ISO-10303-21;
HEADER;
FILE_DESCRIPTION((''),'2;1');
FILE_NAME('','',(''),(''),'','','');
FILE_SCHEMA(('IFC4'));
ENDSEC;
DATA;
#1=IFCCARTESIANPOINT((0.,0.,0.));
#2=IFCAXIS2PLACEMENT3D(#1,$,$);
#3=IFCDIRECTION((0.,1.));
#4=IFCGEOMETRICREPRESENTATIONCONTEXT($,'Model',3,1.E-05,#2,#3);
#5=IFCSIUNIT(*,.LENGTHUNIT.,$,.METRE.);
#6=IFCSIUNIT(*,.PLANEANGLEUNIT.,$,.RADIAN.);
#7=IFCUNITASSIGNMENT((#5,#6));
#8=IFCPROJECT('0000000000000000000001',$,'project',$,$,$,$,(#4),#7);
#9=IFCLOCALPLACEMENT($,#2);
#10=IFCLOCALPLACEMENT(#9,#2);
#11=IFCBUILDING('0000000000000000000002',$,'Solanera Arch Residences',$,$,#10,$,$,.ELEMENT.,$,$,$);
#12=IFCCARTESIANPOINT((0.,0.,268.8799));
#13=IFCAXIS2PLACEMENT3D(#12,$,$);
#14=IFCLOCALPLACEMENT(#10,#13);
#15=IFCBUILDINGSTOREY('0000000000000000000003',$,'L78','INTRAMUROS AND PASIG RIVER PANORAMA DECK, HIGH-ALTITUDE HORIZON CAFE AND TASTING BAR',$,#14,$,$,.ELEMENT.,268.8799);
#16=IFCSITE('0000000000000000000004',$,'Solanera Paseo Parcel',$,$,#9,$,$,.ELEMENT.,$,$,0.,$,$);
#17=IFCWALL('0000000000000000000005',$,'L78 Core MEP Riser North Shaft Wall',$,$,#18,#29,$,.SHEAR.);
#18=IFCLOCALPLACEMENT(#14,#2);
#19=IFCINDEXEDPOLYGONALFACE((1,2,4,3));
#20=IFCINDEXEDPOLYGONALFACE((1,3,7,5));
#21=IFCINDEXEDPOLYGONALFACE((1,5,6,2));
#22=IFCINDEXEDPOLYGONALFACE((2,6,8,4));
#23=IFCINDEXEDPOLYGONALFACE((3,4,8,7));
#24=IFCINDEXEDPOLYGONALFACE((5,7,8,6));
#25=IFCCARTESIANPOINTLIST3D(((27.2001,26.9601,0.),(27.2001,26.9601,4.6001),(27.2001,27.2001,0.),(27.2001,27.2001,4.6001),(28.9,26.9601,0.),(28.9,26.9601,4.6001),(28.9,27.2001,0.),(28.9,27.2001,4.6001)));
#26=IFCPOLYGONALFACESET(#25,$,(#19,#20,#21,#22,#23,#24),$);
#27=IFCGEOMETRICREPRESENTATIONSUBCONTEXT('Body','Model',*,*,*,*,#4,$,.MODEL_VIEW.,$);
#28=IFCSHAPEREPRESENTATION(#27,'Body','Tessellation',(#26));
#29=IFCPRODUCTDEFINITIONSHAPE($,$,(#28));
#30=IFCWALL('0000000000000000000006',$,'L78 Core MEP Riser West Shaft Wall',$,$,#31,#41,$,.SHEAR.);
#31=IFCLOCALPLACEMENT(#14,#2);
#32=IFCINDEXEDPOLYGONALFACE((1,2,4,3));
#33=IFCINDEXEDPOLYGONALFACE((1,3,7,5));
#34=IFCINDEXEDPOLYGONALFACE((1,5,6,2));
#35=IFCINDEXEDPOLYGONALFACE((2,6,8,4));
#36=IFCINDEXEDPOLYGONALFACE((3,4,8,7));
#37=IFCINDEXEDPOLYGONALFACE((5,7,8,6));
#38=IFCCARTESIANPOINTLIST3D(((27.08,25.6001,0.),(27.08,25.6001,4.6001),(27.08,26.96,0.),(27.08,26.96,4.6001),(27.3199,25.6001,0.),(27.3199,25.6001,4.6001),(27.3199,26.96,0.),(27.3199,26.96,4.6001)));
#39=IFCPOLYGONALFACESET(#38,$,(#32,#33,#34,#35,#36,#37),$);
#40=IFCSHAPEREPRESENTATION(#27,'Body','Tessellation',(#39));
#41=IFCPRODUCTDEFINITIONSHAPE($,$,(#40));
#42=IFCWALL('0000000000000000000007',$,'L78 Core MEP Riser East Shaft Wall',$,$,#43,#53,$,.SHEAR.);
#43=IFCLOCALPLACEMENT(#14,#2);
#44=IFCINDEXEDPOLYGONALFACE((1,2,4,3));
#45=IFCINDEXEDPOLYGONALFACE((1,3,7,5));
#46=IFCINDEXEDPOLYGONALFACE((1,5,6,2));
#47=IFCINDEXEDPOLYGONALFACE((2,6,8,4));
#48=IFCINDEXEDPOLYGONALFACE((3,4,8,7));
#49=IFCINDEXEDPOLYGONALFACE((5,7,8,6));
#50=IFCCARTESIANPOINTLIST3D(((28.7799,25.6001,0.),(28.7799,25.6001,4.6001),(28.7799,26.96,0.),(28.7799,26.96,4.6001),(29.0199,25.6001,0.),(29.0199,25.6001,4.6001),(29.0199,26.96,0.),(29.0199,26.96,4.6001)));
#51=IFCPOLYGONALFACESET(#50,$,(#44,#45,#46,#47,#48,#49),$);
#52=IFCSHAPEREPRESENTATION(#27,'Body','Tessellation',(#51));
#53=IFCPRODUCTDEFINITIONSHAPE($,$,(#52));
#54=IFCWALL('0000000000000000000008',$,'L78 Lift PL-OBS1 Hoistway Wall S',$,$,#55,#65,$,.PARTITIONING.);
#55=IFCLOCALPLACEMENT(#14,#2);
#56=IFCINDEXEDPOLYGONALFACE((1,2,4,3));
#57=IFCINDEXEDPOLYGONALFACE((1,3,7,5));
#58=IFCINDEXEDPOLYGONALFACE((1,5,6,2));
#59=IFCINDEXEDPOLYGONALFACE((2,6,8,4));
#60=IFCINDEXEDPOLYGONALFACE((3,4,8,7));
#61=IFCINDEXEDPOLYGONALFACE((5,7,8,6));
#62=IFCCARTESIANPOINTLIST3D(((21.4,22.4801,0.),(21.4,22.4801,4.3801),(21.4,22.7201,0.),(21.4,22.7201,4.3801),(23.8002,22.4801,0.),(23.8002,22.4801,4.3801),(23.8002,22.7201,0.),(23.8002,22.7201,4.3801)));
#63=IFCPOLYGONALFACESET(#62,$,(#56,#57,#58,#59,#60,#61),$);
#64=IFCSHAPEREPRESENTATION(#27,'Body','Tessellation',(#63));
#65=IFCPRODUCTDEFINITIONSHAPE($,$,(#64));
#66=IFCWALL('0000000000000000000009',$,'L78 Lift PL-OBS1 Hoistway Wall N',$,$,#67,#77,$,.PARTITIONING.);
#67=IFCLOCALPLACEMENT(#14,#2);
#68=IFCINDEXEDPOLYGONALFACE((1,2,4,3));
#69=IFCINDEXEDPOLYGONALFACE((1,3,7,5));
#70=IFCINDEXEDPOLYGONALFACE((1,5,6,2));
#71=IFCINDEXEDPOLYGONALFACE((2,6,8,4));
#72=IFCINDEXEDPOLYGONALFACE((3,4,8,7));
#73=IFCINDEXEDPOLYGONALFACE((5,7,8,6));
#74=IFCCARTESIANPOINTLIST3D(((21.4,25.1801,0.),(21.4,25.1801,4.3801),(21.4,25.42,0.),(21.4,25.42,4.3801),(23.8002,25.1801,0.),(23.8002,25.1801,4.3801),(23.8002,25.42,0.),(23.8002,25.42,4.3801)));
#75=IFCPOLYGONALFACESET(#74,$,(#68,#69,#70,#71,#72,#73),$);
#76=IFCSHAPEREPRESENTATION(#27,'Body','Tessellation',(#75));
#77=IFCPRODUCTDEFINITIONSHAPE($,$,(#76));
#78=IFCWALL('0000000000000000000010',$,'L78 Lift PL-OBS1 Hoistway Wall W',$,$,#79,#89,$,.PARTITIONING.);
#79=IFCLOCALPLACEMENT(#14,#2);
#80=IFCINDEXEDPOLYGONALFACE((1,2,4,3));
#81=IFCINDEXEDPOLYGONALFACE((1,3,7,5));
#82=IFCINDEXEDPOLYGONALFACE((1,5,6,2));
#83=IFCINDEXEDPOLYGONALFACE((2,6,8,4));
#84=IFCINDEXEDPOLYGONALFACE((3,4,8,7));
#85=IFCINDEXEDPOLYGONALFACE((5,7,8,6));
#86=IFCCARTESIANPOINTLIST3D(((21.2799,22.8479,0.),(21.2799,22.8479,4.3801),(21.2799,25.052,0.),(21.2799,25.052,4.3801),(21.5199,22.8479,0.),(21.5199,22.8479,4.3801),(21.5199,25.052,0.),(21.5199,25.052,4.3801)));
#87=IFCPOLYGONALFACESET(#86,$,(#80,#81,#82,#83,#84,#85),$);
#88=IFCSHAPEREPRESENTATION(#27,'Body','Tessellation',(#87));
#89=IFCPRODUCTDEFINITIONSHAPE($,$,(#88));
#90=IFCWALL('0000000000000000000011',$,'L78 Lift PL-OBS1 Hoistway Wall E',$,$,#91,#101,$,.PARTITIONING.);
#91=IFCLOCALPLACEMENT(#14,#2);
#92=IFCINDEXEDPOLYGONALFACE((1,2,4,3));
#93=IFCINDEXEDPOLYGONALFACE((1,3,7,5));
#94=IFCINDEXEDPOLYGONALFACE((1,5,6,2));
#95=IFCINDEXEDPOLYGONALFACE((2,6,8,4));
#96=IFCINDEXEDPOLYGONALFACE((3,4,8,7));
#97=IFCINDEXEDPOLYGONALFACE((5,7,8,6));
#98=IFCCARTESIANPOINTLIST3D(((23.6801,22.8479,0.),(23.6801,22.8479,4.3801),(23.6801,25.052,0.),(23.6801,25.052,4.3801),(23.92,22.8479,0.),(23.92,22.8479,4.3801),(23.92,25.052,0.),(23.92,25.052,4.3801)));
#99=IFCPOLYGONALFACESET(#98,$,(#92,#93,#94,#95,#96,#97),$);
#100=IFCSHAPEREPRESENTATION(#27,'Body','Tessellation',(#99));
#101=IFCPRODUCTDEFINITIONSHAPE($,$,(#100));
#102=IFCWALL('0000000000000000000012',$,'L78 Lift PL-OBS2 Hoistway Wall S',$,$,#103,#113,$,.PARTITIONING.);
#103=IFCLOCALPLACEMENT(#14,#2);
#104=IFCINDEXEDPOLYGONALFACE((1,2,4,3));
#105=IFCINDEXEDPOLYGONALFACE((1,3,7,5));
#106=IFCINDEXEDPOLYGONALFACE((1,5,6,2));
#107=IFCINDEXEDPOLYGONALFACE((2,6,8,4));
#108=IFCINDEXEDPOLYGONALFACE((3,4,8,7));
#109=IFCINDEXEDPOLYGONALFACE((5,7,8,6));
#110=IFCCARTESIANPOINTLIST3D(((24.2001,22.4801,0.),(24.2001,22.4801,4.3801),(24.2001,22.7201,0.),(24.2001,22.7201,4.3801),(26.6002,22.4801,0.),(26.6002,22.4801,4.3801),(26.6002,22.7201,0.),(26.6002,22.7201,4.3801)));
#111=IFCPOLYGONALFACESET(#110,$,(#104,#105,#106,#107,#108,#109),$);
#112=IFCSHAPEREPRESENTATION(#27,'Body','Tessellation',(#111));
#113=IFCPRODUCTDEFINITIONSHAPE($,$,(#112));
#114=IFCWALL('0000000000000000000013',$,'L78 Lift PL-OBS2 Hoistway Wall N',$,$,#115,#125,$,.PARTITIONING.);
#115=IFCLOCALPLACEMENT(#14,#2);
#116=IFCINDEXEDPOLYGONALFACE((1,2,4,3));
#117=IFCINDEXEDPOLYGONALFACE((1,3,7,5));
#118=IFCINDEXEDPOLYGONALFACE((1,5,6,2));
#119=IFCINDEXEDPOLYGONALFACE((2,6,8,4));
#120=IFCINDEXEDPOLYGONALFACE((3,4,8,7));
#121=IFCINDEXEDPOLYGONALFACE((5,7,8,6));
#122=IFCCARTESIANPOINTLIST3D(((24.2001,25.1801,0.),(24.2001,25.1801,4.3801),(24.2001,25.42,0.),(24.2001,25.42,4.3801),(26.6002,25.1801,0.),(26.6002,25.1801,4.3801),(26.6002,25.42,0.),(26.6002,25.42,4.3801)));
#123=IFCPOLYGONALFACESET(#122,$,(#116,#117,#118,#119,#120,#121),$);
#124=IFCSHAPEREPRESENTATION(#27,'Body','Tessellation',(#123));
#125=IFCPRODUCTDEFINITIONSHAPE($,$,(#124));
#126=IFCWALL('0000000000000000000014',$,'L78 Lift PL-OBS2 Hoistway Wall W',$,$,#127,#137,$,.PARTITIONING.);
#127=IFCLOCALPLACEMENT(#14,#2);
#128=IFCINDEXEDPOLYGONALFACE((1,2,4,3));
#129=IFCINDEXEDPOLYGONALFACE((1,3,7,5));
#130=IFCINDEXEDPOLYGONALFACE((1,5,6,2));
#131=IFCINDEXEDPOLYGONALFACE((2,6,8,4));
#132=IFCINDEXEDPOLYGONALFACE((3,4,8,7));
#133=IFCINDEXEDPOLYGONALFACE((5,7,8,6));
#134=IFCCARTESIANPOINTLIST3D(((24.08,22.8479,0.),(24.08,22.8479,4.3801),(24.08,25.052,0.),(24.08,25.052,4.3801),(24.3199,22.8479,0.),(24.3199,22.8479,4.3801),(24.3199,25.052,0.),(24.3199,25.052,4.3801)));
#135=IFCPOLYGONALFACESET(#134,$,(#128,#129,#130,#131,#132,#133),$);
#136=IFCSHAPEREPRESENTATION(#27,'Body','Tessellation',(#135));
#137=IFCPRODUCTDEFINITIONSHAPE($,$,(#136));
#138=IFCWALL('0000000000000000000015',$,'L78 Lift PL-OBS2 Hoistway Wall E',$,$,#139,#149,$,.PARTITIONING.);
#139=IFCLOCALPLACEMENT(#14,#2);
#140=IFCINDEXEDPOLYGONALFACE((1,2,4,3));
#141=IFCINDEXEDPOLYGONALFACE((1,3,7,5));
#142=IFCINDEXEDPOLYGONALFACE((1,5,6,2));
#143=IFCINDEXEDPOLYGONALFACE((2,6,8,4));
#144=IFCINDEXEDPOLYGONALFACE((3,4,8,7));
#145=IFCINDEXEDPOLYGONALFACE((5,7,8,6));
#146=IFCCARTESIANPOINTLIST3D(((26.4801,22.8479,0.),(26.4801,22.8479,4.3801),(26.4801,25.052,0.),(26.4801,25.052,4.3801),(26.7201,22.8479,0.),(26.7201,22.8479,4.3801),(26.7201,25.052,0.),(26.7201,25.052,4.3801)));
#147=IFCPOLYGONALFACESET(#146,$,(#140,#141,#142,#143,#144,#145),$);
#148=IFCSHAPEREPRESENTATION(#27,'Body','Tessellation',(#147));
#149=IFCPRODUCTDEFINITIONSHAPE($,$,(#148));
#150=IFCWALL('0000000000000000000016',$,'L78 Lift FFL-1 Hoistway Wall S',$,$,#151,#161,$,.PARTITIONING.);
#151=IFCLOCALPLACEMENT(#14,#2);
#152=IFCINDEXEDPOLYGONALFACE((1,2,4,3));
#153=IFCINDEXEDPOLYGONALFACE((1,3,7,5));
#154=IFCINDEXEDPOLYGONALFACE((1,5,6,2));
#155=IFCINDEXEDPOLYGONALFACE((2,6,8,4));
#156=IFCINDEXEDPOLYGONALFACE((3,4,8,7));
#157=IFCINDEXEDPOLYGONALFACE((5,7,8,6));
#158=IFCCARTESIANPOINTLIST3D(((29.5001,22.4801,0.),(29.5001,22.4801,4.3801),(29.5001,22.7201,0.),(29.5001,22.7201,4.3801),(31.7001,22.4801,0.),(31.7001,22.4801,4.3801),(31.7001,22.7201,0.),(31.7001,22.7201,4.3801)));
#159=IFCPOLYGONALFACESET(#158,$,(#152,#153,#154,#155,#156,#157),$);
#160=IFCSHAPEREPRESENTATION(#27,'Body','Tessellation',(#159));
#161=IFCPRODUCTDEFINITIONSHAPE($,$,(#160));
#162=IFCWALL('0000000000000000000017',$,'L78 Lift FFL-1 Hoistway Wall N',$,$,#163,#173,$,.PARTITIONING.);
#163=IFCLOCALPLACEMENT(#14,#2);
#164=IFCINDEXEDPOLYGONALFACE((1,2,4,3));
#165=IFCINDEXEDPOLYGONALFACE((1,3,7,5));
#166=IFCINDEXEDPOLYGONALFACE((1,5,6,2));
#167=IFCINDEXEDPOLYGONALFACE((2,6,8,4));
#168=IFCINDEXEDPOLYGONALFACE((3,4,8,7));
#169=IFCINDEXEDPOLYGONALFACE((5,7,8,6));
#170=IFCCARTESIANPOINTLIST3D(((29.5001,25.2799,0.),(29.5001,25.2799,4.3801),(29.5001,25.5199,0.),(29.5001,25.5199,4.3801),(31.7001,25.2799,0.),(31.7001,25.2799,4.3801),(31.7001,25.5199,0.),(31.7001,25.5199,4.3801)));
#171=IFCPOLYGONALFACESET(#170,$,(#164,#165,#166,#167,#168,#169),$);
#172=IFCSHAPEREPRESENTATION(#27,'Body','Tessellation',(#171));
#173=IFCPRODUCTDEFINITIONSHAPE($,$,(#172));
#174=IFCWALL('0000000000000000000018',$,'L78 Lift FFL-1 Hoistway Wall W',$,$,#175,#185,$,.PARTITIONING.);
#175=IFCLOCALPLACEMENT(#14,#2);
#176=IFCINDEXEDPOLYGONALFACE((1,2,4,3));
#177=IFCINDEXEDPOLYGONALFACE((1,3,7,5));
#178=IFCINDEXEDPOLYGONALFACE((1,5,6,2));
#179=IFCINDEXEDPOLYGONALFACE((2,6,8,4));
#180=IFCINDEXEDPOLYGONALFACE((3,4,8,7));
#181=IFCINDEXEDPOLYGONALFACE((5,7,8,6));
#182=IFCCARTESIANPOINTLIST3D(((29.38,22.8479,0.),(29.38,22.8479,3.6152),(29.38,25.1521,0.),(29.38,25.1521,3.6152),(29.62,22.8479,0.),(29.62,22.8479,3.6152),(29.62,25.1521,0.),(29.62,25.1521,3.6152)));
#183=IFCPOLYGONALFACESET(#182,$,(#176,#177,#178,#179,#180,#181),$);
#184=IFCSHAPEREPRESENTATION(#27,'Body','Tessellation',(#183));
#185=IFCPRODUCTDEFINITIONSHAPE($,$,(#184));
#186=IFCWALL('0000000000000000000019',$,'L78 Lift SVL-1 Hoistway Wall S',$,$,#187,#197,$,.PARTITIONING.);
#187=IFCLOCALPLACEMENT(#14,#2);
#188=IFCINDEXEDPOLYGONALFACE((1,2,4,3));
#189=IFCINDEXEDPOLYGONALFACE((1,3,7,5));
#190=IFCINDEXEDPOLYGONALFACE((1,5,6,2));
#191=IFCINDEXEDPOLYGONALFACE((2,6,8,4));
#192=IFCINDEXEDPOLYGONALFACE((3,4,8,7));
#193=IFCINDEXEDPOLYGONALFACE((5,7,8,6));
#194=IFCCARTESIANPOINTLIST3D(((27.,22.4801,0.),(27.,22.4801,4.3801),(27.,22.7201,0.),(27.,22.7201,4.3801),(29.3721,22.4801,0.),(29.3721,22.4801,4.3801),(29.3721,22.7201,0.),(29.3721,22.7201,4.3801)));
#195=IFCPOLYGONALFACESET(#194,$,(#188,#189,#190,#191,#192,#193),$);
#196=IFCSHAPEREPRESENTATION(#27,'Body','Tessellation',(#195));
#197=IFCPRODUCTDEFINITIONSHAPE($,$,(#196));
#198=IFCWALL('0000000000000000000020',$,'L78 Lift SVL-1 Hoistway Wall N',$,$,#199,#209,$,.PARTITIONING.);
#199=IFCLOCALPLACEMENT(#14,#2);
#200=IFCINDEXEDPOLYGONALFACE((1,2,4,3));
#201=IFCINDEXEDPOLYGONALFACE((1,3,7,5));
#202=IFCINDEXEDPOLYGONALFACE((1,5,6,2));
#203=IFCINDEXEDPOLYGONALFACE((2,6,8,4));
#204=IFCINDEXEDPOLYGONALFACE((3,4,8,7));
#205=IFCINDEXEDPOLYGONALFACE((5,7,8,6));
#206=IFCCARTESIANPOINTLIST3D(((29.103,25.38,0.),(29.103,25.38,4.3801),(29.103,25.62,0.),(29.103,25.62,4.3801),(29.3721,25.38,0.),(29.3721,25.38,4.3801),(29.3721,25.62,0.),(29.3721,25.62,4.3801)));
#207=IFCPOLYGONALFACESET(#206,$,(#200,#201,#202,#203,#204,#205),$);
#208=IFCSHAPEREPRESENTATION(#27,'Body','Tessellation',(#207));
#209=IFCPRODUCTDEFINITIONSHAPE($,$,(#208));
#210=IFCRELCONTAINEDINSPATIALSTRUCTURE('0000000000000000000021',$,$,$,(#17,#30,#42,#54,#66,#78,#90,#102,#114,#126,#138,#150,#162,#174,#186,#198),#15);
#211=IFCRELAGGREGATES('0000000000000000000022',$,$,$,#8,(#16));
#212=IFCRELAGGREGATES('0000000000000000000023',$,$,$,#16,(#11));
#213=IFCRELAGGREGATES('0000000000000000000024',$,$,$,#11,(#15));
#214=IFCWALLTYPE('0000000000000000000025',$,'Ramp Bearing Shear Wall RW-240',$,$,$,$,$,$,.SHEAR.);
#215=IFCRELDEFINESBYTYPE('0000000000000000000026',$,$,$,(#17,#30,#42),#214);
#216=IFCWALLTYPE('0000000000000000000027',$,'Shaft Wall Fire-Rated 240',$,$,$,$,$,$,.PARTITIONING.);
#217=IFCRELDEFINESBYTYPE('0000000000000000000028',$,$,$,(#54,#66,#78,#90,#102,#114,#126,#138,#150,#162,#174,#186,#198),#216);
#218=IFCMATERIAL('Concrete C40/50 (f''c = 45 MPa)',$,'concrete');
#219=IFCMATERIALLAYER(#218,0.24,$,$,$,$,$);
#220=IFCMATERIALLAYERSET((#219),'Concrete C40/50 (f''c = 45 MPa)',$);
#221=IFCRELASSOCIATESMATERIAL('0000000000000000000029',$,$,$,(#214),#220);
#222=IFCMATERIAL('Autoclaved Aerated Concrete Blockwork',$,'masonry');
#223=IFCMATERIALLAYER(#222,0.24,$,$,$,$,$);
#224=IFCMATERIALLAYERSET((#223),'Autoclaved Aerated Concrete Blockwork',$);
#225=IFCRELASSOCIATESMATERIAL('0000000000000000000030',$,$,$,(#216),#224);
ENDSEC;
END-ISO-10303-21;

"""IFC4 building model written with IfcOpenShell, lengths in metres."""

from ifc_helpers import new_model, si_unit, direction, frame, frame_2d, origin, place, context, subcontext, project, spatial, rectangle, extrude, material, layer, layer_set, type_object, element, save


model = new_model("IFC4")

# Units and contexts
model_context = context("Model", 3, precision=1e-05, world=origin(), true_north=direction((0.0, 1.0)))
body_context = subcontext(model_context, "Body", "Model", "MODEL_VIEW")
ifc_project = project(units=[si_unit("LENGTHUNIT", "METRE"), si_unit("PLANEANGLEUNIT", "RADIAN")], contexts=[model_context])

# Site, building, storey
site_placement = place(None, origin())
site = spatial("IfcSite", under=ifc_project, at=site_placement, Name="Solanera Paseo Parcel", CompositionType="ELEMENT", RefElevation=0.0)
building_placement = place(site_placement, origin())
building = spatial("IfcBuilding", under=site, at=building_placement, Name="Solanera Arch Residences", CompositionType="ELEMENT")
storey_placement = place(building_placement, frame((0.0, 0.0, 268.8799)))
storey = spatial("IfcBuildingStorey", under=building, at=storey_placement, Name="L78", Description="INTRAMUROS AND PASIG RIVER PANORAMA DECK, HIGH-ALTITUDE HORIZON CAFE AND TASTING BAR", CompositionType="ELEMENT", Elevation=268.8799)

# Walls
ifc_material_1 = material(Name="Concrete C40/50 (f'c = 45 MPa)", Category="concrete")
ifc_layer_1 = layer(ifc_material_1, 0.24)
ifc_layer_set_1 = layer_set([ifc_layer_1], Name="Concrete C40/50 (f'c = 45 MPa)")
wall_type_1 = type_object("IfcWallType", Name="Ramp Bearing Shear Wall RW-240", PredefinedType="SHEAR", material=ifc_layer_set_1)
for number, where, z_axis, x_axis, name in (
    (1, (27.2, 27.0801, 0.0), (0.0, 0.0, 1.0), (1.0, 0.0, 0.0), "L78 Core MEP Riser North Shaft Wall"),
):
    element("IfcWall", number, at=place(storey_placement, frame(where, z_axis=z_axis, x_axis=x_axis)), inside=storey, type_object=wall_type_1, Name=name, PredefinedType="SHEAR", context=body_context, shape_type="SweptSolid", body=[
        extrude(rectangle(XDim=1.7, YDim=0.24, at=frame_2d((0.8501, 0.0))), origin(), (0.0, 0.0, 1.0), 4.6001),
    ])
for number, where, z_axis, x_axis, name in (
    (2, (27.2, 25.6001, 0.0), (0.0, 0.0, 1.0), (0.0, 1.0, 0.0), "L78 Core MEP Riser West Shaft Wall"),
    (3, (28.8999, 25.6001, 0.0), (0.0, 0.0, 1.0), (0.0, 1.0, 0.0), "L78 Core MEP Riser East Shaft Wall"),
):
    element("IfcWall", number, at=place(storey_placement, frame(where, z_axis=z_axis, x_axis=x_axis)), inside=storey, type_object=wall_type_1, Name=name, PredefinedType="SHEAR", context=body_context, shape_type="SweptSolid", body=[
        extrude(rectangle(XDim=1.3599, YDim=0.24, at=frame_2d((0.6799, 0.0))), origin(), (0.0, 0.0, 1.0), 4.6001),
    ])
ifc_material_2 = material(Name="Autoclaved Aerated Concrete Blockwork", Category="masonry")
ifc_layer_2 = layer(ifc_material_2, 0.24)
ifc_layer_set_2 = layer_set([ifc_layer_2], Name="Autoclaved Aerated Concrete Blockwork")
wall_type_2 = type_object("IfcWallType", Name="Shaft Wall Fire-Rated 240", PredefinedType="PARTITIONING", material=ifc_layer_set_2)
for number, where, z_axis, x_axis, name in (
    (4, (21.3999, 22.6001, 0.0), (0.0, 0.0, 1.0), (1.0, 0.0, 0.0), "L78 Lift PL-OBS1 Hoistway Wall S"),
    (5, (21.3999, 25.3, 0.0), (0.0, 0.0, 1.0), (1.0, 0.0, 0.0), "L78 Lift PL-OBS1 Hoistway Wall N"),
):
    element("IfcWall", number, at=place(storey_placement, frame(where, z_axis=z_axis, x_axis=x_axis)), inside=storey, type_object=wall_type_2, Name=name, PredefinedType="PARTITIONING", context=body_context, shape_type="SweptSolid", body=[
        extrude(rectangle(XDim=2.4001, YDim=0.24, at=frame_2d((1.2002, 0.0))), origin(), (0.0, 0.0, 1.0), 4.3801),
    ])
for number, where, z_axis, x_axis, name in (
    (6, (21.3999, 22.8479, 0.0), (0.0, 0.0, 1.0), (0.0, 1.0, 0.0), "L78 Lift PL-OBS1 Hoistway Wall W"),
    (7, (23.8, 22.8479, 0.0), (0.0, 0.0, 1.0), (0.0, 1.0, 0.0), "L78 Lift PL-OBS1 Hoistway Wall E"),
):
    element("IfcWall", number, at=place(storey_placement, frame(where, z_axis=z_axis, x_axis=x_axis)), inside=storey, type_object=wall_type_2, Name=name, PredefinedType="PARTITIONING", context=body_context, shape_type="SweptSolid", body=[
        extrude(rectangle(XDim=2.2041, YDim=0.24, at=frame_2d((1.1021, 0.0))), origin(), (0.0, 0.0, 1.0), 4.3801),
    ])
for number, where, z_axis, x_axis, name in (
    (8, (24.2, 22.6001, 0.0), (0.0, 0.0, 1.0), (1.0, 0.0, 0.0), "L78 Lift PL-OBS2 Hoistway Wall S"),
    (9, (24.2, 25.3, 0.0), (0.0, 0.0, 1.0), (1.0, 0.0, 0.0), "L78 Lift PL-OBS2 Hoistway Wall N"),
):
    element("IfcWall", number, at=place(storey_placement, frame(where, z_axis=z_axis, x_axis=x_axis)), inside=storey, type_object=wall_type_2, Name=name, PredefinedType="PARTITIONING", context=body_context, shape_type="SweptSolid", body=[
        extrude(rectangle(XDim=2.4001, YDim=0.24, at=frame_2d((1.2002, 0.0))), origin(), (0.0, 0.0, 1.0), 4.3801),
    ])
for number, where, z_axis, x_axis, name in (
    (10, (24.2, 22.8479, 0.0), (0.0, 0.0, 1.0), (0.0, 1.0, 0.0), "L78 Lift PL-OBS2 Hoistway Wall W"),
    (11, (26.6001, 22.8479, 0.0), (0.0, 0.0, 1.0), (0.0, 1.0, 0.0), "L78 Lift PL-OBS2 Hoistway Wall E"),
):
    element("IfcWall", number, at=place(storey_placement, frame(where, z_axis=z_axis, x_axis=x_axis)), inside=storey, type_object=wall_type_2, Name=name, PredefinedType="PARTITIONING", context=body_context, shape_type="SweptSolid", body=[
        extrude(rectangle(XDim=2.2041, YDim=0.24, at=frame_2d((1.1021, 0.0))), origin(), (0.0, 0.0, 1.0), 4.3801),
    ])
for number, where, z_axis, x_axis, name in (
    (12, (29.5, 22.6001, 0.0), (0.0, 0.0, 1.0), (1.0, 0.0, 0.0), "L78 Lift FFL-1 Hoistway Wall S"),
    (13, (29.5, 25.3999, 0.0), (0.0, 0.0, 1.0), (1.0, 0.0, 0.0), "L78 Lift FFL-1 Hoistway Wall N"),
):
    element("IfcWall", number, at=place(storey_placement, frame(where, z_axis=z_axis, x_axis=x_axis)), inside=storey, type_object=wall_type_2, Name=name, PredefinedType="PARTITIONING", context=body_context, shape_type="SweptSolid", body=[
        extrude(rectangle(XDim=2.2, YDim=0.24, at=frame_2d((1.1001, 0.0))), origin(), (0.0, 0.0, 1.0), 4.3801),
    ])
wall_1_placement = place(storey_placement, frame((29.5, 22.8479, 0.0), z_axis=(0.0, 0.0, 1.0), x_axis=(0.0, 1.0, 0.0)))
element("IfcWall", 14, at=wall_1_placement, inside=storey, type_object=wall_type_2, Name="L78 Lift FFL-1 Hoistway Wall W", PredefinedType="PARTITIONING", context=body_context, shape_type="SweptSolid", body=[
    extrude(rectangle(XDim=2.3042, YDim=0.24, at=frame_2d((1.1521, 0.0))), origin(), (0.0, 0.0, 1.0), 3.6152),
])
wall_2_placement = place(storey_placement, frame((27.0, 22.6001, 0.0), z_axis=(0.0, 0.0, 1.0), x_axis=(1.0, 0.0, 0.0)))
element("IfcWall", 15, at=wall_2_placement, inside=storey, type_object=wall_type_2, Name="L78 Lift SVL-1 Hoistway Wall S", PredefinedType="PARTITIONING", context=body_context, shape_type="SweptSolid", body=[
    extrude(rectangle(XDim=2.3721, YDim=0.24, at=frame_2d((1.186, 0.0))), origin(), (0.0, 0.0, 1.0), 4.3801),
])
wall_3_placement = place(storey_placement, frame((29.103, 25.5, 0.0), z_axis=(0.0, 0.0, 1.0), x_axis=(1.0, 0.0, 0.0)))
element("IfcWall", 16, at=wall_3_placement, inside=storey, type_object=wall_type_2, Name="L78 Lift SVL-1 Hoistway Wall N", PredefinedType="PARTITIONING", context=body_context, shape_type="SweptSolid", body=[
    extrude(rectangle(XDim=0.269, YDim=0.24, at=frame_2d((0.1345, 0.0))), origin(), (0.0, 0.0, 1.0), 4.3801),
])

save(model, "model.ifc")
